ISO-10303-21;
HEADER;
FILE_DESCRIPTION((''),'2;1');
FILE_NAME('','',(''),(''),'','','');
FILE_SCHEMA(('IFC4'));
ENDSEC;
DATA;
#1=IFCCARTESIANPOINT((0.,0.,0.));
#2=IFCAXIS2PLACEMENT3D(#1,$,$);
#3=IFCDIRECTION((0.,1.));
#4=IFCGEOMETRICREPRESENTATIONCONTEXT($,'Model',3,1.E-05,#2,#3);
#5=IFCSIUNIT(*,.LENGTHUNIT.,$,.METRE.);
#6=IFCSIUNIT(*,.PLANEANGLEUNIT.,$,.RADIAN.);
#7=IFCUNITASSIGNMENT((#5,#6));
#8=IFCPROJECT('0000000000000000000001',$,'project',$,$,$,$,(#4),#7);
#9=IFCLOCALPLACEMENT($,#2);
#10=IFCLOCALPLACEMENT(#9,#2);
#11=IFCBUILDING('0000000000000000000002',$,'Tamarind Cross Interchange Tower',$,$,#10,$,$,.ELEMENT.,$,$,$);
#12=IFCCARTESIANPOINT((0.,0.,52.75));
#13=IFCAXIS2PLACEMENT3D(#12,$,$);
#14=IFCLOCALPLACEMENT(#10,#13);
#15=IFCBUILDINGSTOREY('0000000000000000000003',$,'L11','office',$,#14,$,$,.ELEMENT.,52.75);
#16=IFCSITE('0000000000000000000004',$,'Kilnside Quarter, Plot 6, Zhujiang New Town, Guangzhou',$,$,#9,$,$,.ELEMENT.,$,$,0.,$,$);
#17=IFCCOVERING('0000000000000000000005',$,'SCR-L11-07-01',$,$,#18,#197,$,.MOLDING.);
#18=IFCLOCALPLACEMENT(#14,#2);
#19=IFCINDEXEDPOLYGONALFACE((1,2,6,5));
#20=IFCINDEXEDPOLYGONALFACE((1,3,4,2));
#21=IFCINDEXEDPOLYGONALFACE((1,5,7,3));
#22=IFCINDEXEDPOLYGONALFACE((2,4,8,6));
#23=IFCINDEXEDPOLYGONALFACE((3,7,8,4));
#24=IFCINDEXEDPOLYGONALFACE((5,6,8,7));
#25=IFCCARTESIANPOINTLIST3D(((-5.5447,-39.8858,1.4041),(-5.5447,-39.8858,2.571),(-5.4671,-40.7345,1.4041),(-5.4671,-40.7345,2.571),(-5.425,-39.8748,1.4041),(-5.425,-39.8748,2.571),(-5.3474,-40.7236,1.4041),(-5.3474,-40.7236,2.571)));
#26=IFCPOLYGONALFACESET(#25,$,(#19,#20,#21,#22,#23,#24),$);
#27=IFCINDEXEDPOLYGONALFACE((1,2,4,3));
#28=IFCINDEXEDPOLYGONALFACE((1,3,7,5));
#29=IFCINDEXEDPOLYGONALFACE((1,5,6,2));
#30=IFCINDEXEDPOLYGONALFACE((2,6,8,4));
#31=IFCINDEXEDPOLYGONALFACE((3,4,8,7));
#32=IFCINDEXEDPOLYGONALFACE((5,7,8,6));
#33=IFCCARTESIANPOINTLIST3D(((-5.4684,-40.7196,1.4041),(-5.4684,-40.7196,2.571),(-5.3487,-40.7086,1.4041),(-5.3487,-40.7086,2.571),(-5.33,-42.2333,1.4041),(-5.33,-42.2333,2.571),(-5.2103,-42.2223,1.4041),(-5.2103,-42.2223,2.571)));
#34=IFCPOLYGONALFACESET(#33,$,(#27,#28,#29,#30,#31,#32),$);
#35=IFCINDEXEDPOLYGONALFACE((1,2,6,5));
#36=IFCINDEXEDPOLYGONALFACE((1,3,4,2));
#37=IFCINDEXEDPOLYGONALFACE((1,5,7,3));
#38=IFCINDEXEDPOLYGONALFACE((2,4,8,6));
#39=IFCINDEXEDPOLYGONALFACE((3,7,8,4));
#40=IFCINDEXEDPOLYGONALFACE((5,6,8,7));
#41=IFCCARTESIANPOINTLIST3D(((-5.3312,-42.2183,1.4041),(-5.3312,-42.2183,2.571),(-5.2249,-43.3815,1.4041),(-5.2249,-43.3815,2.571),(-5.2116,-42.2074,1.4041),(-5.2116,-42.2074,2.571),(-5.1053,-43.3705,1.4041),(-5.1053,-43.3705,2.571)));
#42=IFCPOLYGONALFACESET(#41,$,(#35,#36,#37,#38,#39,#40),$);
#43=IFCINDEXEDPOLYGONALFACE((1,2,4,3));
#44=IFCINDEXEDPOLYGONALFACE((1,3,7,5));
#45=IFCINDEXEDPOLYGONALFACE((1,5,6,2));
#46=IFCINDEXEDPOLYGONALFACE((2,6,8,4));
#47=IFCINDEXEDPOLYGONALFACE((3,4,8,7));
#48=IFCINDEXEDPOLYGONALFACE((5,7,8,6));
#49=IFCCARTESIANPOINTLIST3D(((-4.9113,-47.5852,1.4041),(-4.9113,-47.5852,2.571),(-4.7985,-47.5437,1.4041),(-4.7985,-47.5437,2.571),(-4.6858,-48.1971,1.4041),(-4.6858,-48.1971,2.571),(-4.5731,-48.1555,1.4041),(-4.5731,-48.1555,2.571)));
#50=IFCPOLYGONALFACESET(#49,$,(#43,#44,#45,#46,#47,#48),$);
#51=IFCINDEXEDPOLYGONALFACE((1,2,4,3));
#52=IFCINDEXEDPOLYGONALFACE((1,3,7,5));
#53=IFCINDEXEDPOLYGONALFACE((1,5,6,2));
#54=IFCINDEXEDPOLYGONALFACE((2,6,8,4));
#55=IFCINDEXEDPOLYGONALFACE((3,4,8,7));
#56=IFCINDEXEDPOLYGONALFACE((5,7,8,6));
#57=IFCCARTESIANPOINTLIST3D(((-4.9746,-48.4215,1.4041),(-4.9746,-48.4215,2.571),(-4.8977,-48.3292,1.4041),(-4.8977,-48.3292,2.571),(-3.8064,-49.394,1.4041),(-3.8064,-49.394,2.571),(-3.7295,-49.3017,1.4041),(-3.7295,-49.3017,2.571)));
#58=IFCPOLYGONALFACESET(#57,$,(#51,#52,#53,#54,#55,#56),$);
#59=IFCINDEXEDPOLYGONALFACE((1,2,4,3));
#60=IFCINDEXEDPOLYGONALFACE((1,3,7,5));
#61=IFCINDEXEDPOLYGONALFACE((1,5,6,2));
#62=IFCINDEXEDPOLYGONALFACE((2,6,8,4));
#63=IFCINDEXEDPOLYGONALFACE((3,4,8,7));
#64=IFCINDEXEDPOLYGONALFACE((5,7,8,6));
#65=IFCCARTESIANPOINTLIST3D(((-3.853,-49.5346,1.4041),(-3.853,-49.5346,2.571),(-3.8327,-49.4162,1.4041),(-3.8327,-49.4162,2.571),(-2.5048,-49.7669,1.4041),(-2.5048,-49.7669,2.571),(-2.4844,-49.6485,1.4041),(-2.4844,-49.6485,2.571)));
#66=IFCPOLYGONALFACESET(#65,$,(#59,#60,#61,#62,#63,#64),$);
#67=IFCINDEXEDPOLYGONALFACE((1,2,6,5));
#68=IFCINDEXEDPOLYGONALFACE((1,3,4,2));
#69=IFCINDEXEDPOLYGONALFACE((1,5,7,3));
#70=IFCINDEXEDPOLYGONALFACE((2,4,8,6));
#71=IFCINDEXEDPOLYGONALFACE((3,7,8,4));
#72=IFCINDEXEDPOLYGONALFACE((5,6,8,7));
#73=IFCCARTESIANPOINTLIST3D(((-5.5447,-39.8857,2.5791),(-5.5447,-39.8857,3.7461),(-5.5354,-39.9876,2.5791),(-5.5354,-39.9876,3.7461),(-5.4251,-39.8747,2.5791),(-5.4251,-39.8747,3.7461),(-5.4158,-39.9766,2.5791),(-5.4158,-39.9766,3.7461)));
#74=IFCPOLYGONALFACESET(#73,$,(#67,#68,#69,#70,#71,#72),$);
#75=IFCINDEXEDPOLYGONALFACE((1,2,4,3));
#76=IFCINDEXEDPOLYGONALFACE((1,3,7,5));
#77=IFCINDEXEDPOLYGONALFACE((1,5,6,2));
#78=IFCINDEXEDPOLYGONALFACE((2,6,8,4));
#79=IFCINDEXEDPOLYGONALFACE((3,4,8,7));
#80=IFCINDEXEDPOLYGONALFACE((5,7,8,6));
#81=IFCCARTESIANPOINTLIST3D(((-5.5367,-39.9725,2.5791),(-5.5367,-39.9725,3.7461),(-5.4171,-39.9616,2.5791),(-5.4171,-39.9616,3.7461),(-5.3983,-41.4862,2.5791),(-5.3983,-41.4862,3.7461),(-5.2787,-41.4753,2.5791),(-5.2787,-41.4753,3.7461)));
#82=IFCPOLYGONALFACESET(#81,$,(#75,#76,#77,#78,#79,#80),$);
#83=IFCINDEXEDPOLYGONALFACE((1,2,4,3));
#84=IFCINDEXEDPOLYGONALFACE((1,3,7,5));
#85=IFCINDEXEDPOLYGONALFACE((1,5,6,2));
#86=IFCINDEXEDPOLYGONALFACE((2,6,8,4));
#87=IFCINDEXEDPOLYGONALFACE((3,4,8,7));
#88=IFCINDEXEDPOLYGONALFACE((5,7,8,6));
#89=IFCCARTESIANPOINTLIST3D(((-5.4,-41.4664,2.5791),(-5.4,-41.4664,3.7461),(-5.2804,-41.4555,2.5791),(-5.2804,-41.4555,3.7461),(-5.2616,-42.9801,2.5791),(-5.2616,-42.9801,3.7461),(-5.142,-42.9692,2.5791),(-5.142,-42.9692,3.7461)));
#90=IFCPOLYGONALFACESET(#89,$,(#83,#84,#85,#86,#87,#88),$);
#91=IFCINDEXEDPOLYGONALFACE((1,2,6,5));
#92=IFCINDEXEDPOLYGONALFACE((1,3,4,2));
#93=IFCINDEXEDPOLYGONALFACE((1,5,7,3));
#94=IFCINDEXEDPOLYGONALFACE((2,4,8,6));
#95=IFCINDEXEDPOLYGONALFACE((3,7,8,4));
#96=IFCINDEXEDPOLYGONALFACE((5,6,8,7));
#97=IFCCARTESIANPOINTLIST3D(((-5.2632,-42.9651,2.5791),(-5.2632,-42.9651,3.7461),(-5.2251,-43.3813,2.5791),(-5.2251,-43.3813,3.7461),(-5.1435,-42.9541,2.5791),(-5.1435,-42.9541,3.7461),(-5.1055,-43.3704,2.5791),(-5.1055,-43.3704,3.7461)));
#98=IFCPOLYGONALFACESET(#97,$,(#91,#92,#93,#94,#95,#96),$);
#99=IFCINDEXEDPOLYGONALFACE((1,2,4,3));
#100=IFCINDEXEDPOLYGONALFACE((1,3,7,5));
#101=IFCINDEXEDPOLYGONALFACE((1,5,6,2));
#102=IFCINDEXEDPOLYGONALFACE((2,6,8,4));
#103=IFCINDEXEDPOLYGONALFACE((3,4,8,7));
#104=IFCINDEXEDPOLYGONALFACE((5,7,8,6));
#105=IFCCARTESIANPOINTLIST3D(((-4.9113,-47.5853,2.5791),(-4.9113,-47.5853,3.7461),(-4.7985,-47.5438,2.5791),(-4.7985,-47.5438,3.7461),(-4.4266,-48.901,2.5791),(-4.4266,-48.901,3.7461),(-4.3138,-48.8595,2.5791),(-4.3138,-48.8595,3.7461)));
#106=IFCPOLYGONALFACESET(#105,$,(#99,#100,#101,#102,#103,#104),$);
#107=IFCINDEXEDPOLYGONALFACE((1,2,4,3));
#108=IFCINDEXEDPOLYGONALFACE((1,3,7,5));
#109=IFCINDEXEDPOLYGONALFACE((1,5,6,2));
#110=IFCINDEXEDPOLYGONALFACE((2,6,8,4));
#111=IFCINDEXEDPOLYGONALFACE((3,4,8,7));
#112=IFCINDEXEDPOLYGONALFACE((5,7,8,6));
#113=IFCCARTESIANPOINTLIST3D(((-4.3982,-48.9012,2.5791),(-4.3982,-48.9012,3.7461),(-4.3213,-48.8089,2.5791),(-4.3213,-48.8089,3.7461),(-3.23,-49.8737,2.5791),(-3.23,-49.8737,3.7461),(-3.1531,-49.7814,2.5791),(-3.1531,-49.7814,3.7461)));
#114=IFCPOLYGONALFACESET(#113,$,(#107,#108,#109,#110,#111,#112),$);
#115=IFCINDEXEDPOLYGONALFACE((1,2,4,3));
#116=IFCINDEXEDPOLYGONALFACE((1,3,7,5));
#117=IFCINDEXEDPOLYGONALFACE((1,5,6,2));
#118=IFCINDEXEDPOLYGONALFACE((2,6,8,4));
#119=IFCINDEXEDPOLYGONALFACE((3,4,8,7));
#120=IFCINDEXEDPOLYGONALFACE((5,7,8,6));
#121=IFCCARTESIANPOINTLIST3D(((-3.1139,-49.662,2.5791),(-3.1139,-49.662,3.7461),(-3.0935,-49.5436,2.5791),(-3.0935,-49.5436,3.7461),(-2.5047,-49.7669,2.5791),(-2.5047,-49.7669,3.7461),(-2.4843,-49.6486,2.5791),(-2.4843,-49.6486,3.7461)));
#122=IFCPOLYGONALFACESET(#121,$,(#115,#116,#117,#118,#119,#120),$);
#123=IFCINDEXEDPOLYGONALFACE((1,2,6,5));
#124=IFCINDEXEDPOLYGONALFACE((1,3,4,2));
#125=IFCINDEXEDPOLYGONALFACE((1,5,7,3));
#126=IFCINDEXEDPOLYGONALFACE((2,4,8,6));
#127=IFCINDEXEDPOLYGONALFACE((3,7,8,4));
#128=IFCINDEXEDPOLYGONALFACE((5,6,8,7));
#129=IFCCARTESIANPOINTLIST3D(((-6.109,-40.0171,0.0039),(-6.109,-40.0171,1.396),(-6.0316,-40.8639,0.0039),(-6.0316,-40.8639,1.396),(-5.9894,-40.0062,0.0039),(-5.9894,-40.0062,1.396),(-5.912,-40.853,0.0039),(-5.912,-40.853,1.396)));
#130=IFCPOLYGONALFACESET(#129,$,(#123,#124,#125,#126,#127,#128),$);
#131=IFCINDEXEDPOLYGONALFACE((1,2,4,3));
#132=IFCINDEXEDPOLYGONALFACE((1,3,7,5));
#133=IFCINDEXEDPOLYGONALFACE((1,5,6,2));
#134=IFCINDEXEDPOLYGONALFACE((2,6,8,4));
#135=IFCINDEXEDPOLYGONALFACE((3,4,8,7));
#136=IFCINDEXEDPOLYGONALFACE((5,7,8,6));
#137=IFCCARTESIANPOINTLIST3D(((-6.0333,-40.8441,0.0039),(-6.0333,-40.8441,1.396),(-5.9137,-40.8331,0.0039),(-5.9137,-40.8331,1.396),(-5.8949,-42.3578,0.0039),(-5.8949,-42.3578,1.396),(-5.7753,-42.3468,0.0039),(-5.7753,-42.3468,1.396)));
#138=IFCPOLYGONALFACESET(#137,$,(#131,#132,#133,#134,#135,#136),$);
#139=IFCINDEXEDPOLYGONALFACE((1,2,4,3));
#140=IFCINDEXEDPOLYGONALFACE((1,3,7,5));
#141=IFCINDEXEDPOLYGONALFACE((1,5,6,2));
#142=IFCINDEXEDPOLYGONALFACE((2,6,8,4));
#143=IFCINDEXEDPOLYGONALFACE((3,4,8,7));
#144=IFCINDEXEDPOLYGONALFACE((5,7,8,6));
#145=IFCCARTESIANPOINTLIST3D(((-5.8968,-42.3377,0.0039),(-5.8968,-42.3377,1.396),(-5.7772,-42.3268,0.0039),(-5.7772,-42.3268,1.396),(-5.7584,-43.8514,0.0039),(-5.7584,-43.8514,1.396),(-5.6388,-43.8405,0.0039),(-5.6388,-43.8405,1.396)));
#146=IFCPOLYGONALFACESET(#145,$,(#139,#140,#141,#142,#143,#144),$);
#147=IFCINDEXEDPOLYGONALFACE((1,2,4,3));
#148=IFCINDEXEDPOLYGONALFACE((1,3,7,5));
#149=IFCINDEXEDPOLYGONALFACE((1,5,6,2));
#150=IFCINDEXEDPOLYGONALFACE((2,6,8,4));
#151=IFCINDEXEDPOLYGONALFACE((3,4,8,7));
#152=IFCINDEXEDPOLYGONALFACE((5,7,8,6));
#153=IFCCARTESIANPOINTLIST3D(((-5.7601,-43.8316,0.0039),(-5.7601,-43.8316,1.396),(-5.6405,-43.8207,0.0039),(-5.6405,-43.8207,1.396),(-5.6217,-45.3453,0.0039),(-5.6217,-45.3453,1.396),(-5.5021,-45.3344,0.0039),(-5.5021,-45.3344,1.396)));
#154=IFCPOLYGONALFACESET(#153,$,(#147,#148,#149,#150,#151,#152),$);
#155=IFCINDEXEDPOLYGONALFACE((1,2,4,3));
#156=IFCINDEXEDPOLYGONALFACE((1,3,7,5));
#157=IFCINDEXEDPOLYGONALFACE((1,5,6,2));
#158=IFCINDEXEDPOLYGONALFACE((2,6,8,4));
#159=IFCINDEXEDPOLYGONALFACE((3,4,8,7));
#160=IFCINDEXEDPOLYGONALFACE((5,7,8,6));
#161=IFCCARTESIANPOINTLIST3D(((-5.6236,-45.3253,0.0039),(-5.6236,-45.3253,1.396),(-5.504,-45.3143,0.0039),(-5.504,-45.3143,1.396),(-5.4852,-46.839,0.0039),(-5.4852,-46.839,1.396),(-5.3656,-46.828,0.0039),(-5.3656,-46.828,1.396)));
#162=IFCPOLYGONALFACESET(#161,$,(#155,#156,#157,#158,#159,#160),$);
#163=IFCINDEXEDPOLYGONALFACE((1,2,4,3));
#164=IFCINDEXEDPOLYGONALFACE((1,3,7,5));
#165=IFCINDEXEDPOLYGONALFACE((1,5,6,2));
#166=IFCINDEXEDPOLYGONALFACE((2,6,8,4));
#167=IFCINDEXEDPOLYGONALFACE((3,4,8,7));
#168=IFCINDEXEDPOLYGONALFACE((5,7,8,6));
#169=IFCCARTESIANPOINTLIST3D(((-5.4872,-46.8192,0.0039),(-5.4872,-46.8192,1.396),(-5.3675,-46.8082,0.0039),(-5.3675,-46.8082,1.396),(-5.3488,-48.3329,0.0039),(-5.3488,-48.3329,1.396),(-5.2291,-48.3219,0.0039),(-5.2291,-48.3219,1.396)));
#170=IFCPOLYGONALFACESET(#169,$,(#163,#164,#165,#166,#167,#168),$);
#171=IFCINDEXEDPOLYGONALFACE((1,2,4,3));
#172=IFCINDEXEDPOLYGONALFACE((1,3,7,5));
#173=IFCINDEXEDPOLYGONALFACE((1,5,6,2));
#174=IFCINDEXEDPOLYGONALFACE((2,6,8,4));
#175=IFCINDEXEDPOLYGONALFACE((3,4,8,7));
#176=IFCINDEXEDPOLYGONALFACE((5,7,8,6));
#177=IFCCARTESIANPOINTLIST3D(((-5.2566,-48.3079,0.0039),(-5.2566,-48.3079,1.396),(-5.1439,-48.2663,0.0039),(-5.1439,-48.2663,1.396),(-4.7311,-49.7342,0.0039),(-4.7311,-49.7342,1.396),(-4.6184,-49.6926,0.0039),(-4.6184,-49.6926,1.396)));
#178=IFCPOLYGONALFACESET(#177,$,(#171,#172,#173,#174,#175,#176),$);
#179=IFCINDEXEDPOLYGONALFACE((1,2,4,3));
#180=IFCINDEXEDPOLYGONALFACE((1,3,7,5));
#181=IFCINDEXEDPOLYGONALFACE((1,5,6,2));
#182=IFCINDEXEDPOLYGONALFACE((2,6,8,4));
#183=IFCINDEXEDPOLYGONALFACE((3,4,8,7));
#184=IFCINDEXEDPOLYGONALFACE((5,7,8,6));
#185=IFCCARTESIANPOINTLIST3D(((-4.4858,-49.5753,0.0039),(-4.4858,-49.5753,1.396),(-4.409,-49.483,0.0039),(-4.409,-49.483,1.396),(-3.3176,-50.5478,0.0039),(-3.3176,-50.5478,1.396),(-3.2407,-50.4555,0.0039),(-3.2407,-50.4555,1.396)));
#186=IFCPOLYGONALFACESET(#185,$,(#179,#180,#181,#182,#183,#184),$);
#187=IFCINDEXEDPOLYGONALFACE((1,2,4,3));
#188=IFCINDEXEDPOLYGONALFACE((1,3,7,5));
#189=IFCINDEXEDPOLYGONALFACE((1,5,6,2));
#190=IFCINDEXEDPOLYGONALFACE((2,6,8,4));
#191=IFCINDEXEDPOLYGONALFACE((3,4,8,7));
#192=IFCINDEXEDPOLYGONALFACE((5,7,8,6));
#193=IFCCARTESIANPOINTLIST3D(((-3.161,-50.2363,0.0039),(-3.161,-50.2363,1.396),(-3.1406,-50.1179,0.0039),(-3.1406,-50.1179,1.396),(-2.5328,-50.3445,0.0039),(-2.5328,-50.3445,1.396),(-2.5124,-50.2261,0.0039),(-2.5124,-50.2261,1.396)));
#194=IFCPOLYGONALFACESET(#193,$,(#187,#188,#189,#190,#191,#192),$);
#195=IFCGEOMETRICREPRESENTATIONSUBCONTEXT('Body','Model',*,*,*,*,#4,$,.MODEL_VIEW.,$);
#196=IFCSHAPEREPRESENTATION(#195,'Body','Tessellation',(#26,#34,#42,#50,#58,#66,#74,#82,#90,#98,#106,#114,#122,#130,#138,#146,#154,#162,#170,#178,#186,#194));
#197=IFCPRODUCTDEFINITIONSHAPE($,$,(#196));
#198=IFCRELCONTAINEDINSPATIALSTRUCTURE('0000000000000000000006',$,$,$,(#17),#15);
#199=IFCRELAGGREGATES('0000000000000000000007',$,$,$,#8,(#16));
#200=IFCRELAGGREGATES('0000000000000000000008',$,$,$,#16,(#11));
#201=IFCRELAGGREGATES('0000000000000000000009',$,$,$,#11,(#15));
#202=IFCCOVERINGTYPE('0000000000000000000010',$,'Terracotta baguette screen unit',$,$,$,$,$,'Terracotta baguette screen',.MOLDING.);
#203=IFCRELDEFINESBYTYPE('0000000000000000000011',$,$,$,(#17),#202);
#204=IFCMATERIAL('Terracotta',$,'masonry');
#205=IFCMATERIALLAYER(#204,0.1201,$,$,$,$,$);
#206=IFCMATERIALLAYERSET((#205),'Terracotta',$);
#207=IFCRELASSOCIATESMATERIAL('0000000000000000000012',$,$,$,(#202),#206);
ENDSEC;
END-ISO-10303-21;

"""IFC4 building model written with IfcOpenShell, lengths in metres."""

from ifc_helpers import new_model, si_unit, direction, frame, origin, origin_2d, place, context, subcontext, project, spatial, rectangle, extrude, material, layer, layer_set, type_object, element, save


model = new_model("IFC4")

# Units and contexts
model_context = context("Model", 3, precision=1e-05, world=origin(), true_north=direction((0.0, 1.0)))
body_context = subcontext(model_context, "Body", "Model", "MODEL_VIEW")
ifc_project = project(units=[si_unit("LENGTHUNIT", "METRE"), si_unit("PLANEANGLEUNIT", "RADIAN")], contexts=[model_context])

# Site, building, storey
site_placement = place(None, origin())
site = spatial("IfcSite", under=ifc_project, at=site_placement, Name="Kilnside Quarter, Plot 6, Zhujiang New Town, Guangzhou", CompositionType="ELEMENT", RefElevation=0.0)
building_placement = place(site_placement, origin())
building = spatial("IfcBuilding", under=site, at=building_placement, Name="Tamarind Cross Interchange Tower", CompositionType="ELEMENT")
storey_placement = place(building_placement, frame((0.0, 0.0, 52.75)))
storey = spatial("IfcBuildingStorey", under=building, at=storey_placement, Name="L11", Description="office", CompositionType="ELEMENT", Elevation=52.75)

# Covering
ifc_material_1 = material(Name="Terracotta", Category="masonry")
ifc_layer_1 = layer(ifc_material_1, 0.1201)
ifc_layer_set_1 = layer_set([ifc_layer_1], Name="Terracotta")
covering_type = type_object("IfcCoveringType", Name="Terracotta baguette screen unit", ElementType="Terracotta baguette screen", PredefinedType="MOLDING", material=ifc_layer_set_1)
covering_1_placement = place(storey_placement, origin())
element("IfcCovering", 1, at=covering_1_placement, inside=storey, type_object=covering_type, Name="SCR-L11-07-01", PredefinedType="MOLDING", context=body_context, shape_type="SweptSolid", body=[
    extrude(rectangle(XDim=0.8523, YDim=0.1201, at=origin_2d()), frame((-5.446, -40.3047, 1.4041), z_axis=(0.0, 0.0, 1.0), x_axis=(0.09105, -0.995846, 0.0)), (0.0, 0.0, 1.0), 1.167),
    extrude(rectangle(XDim=1.52, YDim=0.1201, at=origin_2d()), frame((-5.3394, -41.4709, 1.4041), z_axis=(0.0, 0.0, 1.0), x_axis=(0.09105, -0.995846, 0.0)), (0.0, 0.0, 1.0), 1.167),
    extrude(rectangle(XDim=1.168, YDim=0.1201, at=origin_2d()), frame((-5.2183, -42.7944, 1.4041), z_axis=(0.0, 0.0, 1.0), x_axis=(0.09105, -0.995846, 0.0)), (0.0, 0.0, 1.0), 1.167),
    extrude(rectangle(XDim=0.6521, YDim=0.1201, at=origin_2d()), frame((-4.7422, -47.8704, 1.4041), z_axis=(0.0, 0.0, 1.0), x_axis=(0.345691, -0.938348, 0.0)), (0.0, 0.0, 1.0), 1.167),
    extrude(rectangle(XDim=1.52, YDim=0.1201, at=origin_2d()), frame((-4.3521, -48.8616, 1.4041), z_axis=(0.0, 0.0, 1.0), x_axis=(0.768552, -0.639788, 0.0)), (0.0, 0.0, 1.0), 1.167),
    extrude(rectangle(XDim=1.3682, YDim=0.1201, at=origin_2d()), frame((-3.1687, -49.5916, 1.4041), z_axis=(0.0, 0.0, 1.0), x_axis=(0.985479, -0.169797, 0.0)), (0.0, 0.0, 1.0), 1.167),
    extrude(rectangle(XDim=0.1023, YDim=0.1201, at=origin_2d()), frame((-5.4802, -39.9312, 2.5791), z_axis=(0.0, 0.0, 1.0), x_axis=(0.09105, -0.995846, 0.0)), (0.0, 0.0, 1.0), 1.167),
    extrude(rectangle(XDim=1.52, YDim=0.1201, at=origin_2d()), frame((-5.4077, -40.7239, 2.5791), z_axis=(0.0, 0.0, 1.0), x_axis=(0.09105, -0.995846, 0.0)), (0.0, 0.0, 1.0), 1.167),
    extrude(rectangle(XDim=1.52, YDim=0.1201, at=origin_2d()), frame((-5.271, -42.2178, 2.5791), z_axis=(0.0, 0.0, 1.0), x_axis=(0.09105, -0.995846, 0.0)), (0.0, 0.0, 1.0), 1.167),
    extrude(rectangle(XDim=0.418, YDim=0.1201, at=origin_2d()), frame((-5.1843, -43.1677, 2.5791), z_axis=(0.0, 0.0, 1.0), x_axis=(0.09105, -0.995846, 0.0)), (0.0, 0.0, 1.0), 1.167),
    extrude(rectangle(XDim=1.4021, YDim=0.1201, at=origin_2d()), frame((-4.6125, -48.2224, 2.5791), z_axis=(0.0, 0.0, 1.0), x_axis=(0.345691, -0.938348, 0.0)), (0.0, 0.0, 1.0), 1.167),
    extrude(rectangle(XDim=1.52, YDim=0.1201, at=origin_2d()), frame((-3.7756, -49.3413, 2.5791), z_axis=(0.0, 0.0, 1.0), x_axis=(0.768552, -0.639788, 0.0)), (0.0, 0.0, 1.0), 1.167),
    extrude(rectangle(XDim=0.6182, YDim=0.1201, at=origin_2d()), frame((-2.7991, -49.6553, 2.5791), z_axis=(0.0, 0.0, 1.0), x_axis=(0.985479, -0.169797, 0.0)), (0.0, 0.0, 1.0), 1.167),
    extrude(rectangle(XDim=0.8503, YDim=0.1201, at=origin_2d()), frame((-6.0105, -40.4351, 0.0039), z_axis=(0.0, 0.0, 1.0), x_axis=(0.09105, -0.995846, 0.0)), (0.0, 0.0, 1.0), 1.3921),
    extrude(rectangle(XDim=1.52, YDim=0.1201, at=origin_2d()), frame((-5.9043, -41.5955, 0.0039), z_axis=(0.0, 0.0, 1.0), x_axis=(0.09105, -0.995846, 0.0)), (0.0, 0.0, 1.0), 1.3921),
    extrude(rectangle(XDim=1.52, YDim=0.1201, at=origin_2d()), frame((-5.7678, -43.0891, 0.0039), z_axis=(0.0, 0.0, 1.0), x_axis=(0.09105, -0.995846, 0.0)), (0.0, 0.0, 1.0), 1.3921),
    extrude(rectangle(XDim=1.52, YDim=0.1201, at=origin_2d()), frame((-5.6311, -44.583, 0.0039), z_axis=(0.0, 0.0, 1.0), x_axis=(0.09105, -0.995846, 0.0)), (0.0, 0.0, 1.0), 1.3921),
    extrude(rectangle(XDim=1.52, YDim=0.1201, at=origin_2d()), frame((-5.4946, -46.0767, 0.0039), z_axis=(0.0, 0.0, 1.0), x_axis=(0.09105, -0.995846, 0.0)), (0.0, 0.0, 1.0), 1.3921),
    extrude(rectangle(XDim=1.52, YDim=0.1201, at=origin_2d()), frame((-5.3582, -47.5706, 0.0039), z_axis=(0.0, 0.0, 1.0), x_axis=(0.09105, -0.995846, 0.0)), (0.0, 0.0, 1.0), 1.3921),
    extrude(rectangle(XDim=1.52, YDim=0.1201, at=origin_2d()), frame((-4.9375, -49.0002, 0.0039), z_axis=(0.0, 0.0, 1.0), x_axis=(0.345691, -0.938348, 0.0)), (0.0, 0.0, 1.0), 1.3921),
    extrude(rectangle(XDim=1.52, YDim=0.1201, at=origin_2d()), frame((-3.8633, -50.0154, 0.0039), z_axis=(0.0, 0.0, 1.0), x_axis=(0.768552, -0.639788, 0.0)), (0.0, 0.0, 1.0), 1.3921),
    extrude(rectangle(XDim=0.6375, YDim=0.1201, at=origin_2d()), frame((-2.8367, -50.2312, 0.0039), z_axis=(0.0, 0.0, 1.0), x_axis=(0.985479, -0.169797, 0.0)), (0.0, 0.0, 1.0), 1.3921),
])

save(model, "model.ifc")
